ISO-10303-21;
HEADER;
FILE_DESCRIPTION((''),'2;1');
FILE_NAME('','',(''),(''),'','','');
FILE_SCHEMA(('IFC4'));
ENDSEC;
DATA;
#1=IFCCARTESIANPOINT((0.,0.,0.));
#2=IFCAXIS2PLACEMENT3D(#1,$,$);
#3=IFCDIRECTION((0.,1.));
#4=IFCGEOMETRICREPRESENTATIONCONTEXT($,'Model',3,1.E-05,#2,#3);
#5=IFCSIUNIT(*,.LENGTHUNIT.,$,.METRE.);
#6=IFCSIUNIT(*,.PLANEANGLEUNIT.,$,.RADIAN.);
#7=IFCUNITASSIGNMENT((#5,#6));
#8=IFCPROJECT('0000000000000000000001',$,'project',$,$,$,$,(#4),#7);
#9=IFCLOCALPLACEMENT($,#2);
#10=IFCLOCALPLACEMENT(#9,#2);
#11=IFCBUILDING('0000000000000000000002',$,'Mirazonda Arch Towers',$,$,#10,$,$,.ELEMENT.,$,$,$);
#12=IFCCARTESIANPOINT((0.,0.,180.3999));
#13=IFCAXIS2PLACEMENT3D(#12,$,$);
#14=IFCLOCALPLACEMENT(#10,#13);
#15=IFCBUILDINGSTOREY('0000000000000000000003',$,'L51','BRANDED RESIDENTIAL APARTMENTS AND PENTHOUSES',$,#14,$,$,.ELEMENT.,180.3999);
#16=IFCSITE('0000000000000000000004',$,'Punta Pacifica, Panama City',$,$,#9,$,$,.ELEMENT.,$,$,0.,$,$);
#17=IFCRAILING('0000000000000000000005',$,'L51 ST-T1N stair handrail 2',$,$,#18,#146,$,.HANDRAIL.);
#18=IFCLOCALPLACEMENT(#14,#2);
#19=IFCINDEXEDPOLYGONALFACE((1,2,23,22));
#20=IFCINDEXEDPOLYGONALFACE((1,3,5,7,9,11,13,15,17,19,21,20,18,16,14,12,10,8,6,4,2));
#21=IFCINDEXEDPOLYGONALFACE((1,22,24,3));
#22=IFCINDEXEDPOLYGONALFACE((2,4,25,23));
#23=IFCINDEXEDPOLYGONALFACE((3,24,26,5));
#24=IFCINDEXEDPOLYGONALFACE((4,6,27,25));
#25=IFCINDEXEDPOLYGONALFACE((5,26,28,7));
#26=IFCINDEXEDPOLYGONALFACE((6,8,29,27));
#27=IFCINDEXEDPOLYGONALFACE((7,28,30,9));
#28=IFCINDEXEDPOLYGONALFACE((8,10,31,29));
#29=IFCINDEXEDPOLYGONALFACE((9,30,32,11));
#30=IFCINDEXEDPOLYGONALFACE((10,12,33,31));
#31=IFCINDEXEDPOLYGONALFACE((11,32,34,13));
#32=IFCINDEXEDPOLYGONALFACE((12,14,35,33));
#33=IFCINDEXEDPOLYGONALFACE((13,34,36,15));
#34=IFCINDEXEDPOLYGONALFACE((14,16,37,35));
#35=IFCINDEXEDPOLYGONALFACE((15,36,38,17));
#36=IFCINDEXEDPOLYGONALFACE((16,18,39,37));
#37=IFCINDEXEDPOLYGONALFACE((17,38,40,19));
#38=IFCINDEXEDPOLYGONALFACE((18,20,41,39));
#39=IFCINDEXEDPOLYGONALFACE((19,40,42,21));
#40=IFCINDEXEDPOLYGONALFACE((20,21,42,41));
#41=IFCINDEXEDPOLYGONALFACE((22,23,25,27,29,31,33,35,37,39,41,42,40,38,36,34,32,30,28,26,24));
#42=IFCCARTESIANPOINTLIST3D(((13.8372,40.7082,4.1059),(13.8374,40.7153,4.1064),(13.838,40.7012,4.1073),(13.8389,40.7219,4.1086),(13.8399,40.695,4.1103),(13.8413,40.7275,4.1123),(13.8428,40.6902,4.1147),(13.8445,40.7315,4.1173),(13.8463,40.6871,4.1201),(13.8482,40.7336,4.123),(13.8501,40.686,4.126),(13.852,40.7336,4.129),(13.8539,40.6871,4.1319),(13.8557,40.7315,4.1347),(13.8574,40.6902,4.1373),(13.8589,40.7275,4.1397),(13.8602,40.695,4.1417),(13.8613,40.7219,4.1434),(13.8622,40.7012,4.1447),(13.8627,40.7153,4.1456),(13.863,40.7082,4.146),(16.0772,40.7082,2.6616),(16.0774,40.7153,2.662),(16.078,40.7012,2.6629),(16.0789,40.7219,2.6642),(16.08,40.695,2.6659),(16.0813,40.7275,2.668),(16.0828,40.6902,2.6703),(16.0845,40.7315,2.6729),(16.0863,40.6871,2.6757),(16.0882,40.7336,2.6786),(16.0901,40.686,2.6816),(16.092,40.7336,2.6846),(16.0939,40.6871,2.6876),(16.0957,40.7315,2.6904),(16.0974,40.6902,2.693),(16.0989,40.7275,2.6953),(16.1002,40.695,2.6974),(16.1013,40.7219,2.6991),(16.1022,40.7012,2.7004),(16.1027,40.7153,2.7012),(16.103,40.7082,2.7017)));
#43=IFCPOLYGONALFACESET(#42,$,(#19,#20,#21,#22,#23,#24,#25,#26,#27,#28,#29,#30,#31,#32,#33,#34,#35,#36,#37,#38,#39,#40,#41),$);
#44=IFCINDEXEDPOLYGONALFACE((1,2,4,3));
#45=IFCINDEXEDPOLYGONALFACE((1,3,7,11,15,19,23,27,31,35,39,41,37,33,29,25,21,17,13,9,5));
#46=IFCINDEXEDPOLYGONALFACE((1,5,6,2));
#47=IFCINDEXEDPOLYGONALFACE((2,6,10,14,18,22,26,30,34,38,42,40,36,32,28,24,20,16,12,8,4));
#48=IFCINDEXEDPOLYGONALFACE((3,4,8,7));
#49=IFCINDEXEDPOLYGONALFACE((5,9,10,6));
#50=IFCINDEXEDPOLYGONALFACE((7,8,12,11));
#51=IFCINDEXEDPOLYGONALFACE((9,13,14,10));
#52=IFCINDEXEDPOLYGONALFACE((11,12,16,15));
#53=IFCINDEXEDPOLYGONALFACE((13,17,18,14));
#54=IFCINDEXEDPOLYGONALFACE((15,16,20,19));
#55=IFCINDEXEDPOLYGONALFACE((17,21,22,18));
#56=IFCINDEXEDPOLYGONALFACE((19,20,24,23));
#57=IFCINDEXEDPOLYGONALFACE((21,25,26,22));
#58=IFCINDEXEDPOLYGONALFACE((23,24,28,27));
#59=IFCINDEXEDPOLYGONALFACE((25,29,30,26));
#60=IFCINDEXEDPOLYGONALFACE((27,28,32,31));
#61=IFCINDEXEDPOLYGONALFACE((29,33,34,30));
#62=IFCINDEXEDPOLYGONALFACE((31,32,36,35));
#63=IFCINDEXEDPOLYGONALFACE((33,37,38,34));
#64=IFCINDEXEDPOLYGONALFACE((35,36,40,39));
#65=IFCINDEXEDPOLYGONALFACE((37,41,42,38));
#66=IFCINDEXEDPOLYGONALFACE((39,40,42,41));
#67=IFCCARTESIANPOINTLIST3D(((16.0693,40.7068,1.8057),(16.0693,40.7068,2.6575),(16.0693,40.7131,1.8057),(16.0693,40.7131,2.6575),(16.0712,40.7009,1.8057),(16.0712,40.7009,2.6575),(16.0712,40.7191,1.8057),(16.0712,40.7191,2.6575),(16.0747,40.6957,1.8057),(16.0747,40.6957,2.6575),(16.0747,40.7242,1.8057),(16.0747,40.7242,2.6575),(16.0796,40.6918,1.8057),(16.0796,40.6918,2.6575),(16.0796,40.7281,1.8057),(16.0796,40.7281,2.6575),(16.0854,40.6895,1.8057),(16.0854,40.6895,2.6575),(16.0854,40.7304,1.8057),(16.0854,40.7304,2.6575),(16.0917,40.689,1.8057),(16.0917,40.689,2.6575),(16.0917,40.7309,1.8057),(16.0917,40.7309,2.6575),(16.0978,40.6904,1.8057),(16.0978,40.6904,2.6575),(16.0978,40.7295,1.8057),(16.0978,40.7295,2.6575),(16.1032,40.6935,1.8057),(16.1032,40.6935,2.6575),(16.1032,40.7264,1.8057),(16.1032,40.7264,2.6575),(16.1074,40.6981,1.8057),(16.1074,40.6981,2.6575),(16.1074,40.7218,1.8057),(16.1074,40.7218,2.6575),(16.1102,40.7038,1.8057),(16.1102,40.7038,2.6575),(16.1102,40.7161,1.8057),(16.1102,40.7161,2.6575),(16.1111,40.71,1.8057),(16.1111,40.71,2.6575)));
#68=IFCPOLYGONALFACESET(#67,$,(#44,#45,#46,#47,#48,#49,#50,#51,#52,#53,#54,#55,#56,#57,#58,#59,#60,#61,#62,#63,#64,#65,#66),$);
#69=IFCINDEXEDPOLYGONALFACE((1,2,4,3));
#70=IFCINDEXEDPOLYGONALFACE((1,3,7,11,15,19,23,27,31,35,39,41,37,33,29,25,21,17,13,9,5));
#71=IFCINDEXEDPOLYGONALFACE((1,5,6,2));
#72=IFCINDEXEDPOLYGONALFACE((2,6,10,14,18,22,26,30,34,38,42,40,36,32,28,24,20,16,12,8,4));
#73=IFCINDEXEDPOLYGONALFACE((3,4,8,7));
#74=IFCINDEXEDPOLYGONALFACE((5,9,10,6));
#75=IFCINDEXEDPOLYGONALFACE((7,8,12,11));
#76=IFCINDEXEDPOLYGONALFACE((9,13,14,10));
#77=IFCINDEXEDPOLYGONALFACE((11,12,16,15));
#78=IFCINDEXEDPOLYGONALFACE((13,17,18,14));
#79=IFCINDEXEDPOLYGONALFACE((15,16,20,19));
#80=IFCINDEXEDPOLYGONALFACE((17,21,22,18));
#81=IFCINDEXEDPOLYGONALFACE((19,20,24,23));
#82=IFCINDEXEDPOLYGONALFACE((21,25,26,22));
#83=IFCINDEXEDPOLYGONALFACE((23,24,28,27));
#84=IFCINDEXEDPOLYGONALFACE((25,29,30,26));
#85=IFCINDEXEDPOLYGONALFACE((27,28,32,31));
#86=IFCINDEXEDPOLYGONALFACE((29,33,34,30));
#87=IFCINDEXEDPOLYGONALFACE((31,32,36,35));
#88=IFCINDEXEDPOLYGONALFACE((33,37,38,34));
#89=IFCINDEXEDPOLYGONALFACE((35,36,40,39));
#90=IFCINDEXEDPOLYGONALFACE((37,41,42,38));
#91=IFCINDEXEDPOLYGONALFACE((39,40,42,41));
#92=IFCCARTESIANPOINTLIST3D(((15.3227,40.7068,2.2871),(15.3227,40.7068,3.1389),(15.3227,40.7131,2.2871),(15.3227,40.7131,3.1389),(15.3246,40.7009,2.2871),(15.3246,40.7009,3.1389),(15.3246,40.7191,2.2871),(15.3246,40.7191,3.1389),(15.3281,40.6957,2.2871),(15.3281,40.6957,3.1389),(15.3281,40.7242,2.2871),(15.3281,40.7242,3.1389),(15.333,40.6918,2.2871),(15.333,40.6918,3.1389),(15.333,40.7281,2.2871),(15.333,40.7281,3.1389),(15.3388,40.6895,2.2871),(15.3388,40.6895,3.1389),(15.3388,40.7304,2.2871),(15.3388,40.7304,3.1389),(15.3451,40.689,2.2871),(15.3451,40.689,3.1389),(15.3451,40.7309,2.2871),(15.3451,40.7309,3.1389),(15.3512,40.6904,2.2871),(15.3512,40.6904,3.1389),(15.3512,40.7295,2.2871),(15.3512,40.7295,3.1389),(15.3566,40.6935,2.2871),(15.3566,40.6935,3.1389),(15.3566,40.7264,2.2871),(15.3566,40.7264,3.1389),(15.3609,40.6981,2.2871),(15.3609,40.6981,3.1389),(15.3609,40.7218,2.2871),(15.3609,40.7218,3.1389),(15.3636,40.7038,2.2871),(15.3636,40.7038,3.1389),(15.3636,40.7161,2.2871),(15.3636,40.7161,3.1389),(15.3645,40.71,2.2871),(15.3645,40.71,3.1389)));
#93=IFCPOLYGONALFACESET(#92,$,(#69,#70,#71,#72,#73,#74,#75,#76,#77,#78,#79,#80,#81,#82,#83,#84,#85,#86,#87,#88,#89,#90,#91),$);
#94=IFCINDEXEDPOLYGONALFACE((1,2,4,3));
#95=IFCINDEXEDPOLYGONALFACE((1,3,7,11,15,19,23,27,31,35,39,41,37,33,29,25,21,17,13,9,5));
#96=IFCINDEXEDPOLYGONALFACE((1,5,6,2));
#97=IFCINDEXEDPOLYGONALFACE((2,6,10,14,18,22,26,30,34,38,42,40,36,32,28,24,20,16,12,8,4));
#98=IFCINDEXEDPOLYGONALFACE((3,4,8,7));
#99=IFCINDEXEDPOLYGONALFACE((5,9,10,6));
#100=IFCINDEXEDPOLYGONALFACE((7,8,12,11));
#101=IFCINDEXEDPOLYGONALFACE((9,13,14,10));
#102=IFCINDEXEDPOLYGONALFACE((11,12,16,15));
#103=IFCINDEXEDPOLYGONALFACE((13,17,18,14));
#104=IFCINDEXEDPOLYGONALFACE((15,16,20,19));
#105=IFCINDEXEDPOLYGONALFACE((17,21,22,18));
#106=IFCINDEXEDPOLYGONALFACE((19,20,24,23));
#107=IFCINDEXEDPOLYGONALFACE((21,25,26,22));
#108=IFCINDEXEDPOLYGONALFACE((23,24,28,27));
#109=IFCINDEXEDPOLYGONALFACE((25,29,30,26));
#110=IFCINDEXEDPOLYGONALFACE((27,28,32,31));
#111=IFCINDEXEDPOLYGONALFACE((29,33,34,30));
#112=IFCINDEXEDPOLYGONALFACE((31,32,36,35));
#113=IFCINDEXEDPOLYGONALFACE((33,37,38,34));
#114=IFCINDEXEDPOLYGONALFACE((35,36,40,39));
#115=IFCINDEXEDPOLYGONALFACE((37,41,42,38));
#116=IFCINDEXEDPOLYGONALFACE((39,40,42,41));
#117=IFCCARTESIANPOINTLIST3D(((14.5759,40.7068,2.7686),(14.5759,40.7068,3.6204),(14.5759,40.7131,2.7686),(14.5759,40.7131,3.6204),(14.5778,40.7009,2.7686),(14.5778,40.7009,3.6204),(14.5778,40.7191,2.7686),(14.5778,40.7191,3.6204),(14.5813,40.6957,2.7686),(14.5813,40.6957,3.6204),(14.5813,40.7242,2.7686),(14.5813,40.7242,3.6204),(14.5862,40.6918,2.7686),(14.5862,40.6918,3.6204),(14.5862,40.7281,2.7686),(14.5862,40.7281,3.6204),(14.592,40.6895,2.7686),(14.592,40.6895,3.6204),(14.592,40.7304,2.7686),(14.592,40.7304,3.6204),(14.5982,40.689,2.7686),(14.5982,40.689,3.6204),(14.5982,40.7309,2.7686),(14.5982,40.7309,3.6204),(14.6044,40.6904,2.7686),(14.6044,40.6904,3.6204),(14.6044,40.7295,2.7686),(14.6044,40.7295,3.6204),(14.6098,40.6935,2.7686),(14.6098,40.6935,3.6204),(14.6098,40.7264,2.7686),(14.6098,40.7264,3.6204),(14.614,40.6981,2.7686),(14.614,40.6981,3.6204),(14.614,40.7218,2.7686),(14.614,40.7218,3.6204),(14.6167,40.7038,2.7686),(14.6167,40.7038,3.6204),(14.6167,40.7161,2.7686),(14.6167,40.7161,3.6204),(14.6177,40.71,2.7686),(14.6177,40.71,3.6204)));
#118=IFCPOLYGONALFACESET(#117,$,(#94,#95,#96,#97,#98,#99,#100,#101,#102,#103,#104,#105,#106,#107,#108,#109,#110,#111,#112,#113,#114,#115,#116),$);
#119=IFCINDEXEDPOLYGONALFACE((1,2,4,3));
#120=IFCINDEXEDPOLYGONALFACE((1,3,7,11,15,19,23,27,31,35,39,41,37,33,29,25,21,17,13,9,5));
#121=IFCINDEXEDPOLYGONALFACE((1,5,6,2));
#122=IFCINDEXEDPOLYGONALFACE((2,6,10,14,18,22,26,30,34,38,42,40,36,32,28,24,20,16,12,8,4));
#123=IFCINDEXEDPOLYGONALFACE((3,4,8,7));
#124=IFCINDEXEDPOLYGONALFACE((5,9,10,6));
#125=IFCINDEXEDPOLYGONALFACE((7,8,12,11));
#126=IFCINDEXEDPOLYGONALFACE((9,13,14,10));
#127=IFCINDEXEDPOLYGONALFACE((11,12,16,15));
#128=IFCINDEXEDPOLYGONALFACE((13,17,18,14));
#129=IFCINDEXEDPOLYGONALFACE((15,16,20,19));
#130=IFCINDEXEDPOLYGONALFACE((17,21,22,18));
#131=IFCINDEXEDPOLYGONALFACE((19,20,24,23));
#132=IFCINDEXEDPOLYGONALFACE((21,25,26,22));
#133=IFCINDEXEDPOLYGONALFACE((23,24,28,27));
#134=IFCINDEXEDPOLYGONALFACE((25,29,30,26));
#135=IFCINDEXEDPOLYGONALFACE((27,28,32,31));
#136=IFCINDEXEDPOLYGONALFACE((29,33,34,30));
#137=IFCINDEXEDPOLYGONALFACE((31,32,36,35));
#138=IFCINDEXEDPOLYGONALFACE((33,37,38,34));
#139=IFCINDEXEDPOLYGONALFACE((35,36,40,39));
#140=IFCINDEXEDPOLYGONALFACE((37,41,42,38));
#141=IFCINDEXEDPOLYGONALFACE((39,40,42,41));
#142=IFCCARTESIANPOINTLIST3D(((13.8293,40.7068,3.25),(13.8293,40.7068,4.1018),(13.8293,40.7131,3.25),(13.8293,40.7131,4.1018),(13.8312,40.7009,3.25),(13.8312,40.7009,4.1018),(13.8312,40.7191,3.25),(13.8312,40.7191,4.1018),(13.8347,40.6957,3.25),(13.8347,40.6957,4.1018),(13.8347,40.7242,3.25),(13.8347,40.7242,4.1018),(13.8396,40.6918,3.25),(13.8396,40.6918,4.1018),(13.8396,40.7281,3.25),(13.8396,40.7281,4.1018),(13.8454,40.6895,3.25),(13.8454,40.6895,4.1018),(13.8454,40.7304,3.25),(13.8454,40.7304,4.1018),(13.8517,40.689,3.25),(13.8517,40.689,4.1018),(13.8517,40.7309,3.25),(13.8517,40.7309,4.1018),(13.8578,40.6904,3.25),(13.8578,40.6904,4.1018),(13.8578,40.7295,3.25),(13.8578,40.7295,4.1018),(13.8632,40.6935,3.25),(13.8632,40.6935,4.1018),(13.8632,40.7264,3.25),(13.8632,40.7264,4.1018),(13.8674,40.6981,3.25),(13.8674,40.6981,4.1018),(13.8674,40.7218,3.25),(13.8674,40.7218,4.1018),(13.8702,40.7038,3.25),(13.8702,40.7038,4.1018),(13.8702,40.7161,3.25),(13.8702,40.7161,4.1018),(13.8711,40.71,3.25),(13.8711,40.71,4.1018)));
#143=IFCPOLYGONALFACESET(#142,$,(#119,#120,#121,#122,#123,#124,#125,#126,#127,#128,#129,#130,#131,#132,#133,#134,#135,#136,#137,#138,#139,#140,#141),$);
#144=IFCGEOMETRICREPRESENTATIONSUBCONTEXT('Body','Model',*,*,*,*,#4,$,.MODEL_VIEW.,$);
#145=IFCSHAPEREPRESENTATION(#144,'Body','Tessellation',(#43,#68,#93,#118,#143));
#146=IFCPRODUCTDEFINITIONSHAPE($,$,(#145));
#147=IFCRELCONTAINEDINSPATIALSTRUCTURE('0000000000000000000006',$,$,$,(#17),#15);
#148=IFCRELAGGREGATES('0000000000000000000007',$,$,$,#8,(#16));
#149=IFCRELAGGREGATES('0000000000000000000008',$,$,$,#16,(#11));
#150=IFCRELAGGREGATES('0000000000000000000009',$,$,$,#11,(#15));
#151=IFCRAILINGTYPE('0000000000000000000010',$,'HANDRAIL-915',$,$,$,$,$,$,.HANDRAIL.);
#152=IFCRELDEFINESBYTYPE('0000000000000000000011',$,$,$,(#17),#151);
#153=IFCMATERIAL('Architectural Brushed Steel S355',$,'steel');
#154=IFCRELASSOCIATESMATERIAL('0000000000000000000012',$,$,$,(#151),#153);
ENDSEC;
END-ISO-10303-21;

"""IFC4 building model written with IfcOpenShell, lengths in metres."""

from ifc_helpers import new_model, si_unit, direction, frame, origin, origin_2d, place, context, subcontext, project, spatial, circle, extrude, material, type_object, element, save


model = new_model("IFC4")

# Units and contexts
model_context = context("Model", 3, precision=1e-05, world=origin(), true_north=direction((0.0, 1.0)))
body_context = subcontext(model_context, "Body", "Model", "MODEL_VIEW")
ifc_project = project(units=[si_unit("LENGTHUNIT", "METRE"), si_unit("PLANEANGLEUNIT", "RADIAN")], contexts=[model_context])

# Site, building, storey
site_placement = place(None, origin())
site = spatial("IfcSite", under=ifc_project, at=site_placement, Name="Punta Pacifica, Panama City", CompositionType="ELEMENT", RefElevation=0.0)
building_placement = place(site_placement, origin())
building = spatial("IfcBuilding", under=site, at=building_placement, Name="Mirazonda Arch Towers", CompositionType="ELEMENT")
storey_placement = place(building_placement, frame((0.0, 0.0, 180.3999)))
storey = spatial("IfcBuildingStorey", under=building, at=storey_placement, Name="L51", Description="BRANDED RESIDENTIAL APARTMENTS AND PENTHOUSES", CompositionType="ELEMENT", Elevation=180.3999)

# Railing
ifc_material_1 = material(Name="Architectural Brushed Steel S355", Category="steel")
railing_type_1 = type_object("IfcRailingType", Name="HANDRAIL-915", PredefinedType="HANDRAIL", material=ifc_material_1)
railing_1_placement = place(storey_placement, frame((16.0901, 40.71, 1.8057)))
element("IfcRailing", 1, at=railing_1_placement, inside=storey, type_object=railing_type_1, Name="L51 ST-T1N stair handrail 2", PredefinedType="HANDRAIL", context=body_context, shape_type="SweptSolid", body=[
    extrude(circle(Radius=0.0239, at=origin_2d()), frame((0.0, 0.0, 0.876), z_axis=(-0.840437, 0.0, 0.54191), x_axis=(0.0, -1.0, 0.0)), (0.0, 0.0, 1.0), 2.6653),
    extrude(circle(Radius=0.021, at=origin_2d()), origin(), (0.0, 0.0, 1.0), 0.8518),
    extrude(circle(Radius=0.021, at=origin_2d()), frame((-0.7466, 0.0, 0.4814)), (0.0, 0.0, 1.0), 0.8518),
    extrude(circle(Radius=0.021, at=origin_2d()), frame((-1.4934, 0.0, 0.9629)), (0.0, 0.0, 1.0), 0.8518),
    extrude(circle(Radius=0.021, at=origin_2d()), frame((-2.24, 0.0, 1.4443)), (0.0, 0.0, 1.0), 0.8518),
])

save(model, "model.ifc")
